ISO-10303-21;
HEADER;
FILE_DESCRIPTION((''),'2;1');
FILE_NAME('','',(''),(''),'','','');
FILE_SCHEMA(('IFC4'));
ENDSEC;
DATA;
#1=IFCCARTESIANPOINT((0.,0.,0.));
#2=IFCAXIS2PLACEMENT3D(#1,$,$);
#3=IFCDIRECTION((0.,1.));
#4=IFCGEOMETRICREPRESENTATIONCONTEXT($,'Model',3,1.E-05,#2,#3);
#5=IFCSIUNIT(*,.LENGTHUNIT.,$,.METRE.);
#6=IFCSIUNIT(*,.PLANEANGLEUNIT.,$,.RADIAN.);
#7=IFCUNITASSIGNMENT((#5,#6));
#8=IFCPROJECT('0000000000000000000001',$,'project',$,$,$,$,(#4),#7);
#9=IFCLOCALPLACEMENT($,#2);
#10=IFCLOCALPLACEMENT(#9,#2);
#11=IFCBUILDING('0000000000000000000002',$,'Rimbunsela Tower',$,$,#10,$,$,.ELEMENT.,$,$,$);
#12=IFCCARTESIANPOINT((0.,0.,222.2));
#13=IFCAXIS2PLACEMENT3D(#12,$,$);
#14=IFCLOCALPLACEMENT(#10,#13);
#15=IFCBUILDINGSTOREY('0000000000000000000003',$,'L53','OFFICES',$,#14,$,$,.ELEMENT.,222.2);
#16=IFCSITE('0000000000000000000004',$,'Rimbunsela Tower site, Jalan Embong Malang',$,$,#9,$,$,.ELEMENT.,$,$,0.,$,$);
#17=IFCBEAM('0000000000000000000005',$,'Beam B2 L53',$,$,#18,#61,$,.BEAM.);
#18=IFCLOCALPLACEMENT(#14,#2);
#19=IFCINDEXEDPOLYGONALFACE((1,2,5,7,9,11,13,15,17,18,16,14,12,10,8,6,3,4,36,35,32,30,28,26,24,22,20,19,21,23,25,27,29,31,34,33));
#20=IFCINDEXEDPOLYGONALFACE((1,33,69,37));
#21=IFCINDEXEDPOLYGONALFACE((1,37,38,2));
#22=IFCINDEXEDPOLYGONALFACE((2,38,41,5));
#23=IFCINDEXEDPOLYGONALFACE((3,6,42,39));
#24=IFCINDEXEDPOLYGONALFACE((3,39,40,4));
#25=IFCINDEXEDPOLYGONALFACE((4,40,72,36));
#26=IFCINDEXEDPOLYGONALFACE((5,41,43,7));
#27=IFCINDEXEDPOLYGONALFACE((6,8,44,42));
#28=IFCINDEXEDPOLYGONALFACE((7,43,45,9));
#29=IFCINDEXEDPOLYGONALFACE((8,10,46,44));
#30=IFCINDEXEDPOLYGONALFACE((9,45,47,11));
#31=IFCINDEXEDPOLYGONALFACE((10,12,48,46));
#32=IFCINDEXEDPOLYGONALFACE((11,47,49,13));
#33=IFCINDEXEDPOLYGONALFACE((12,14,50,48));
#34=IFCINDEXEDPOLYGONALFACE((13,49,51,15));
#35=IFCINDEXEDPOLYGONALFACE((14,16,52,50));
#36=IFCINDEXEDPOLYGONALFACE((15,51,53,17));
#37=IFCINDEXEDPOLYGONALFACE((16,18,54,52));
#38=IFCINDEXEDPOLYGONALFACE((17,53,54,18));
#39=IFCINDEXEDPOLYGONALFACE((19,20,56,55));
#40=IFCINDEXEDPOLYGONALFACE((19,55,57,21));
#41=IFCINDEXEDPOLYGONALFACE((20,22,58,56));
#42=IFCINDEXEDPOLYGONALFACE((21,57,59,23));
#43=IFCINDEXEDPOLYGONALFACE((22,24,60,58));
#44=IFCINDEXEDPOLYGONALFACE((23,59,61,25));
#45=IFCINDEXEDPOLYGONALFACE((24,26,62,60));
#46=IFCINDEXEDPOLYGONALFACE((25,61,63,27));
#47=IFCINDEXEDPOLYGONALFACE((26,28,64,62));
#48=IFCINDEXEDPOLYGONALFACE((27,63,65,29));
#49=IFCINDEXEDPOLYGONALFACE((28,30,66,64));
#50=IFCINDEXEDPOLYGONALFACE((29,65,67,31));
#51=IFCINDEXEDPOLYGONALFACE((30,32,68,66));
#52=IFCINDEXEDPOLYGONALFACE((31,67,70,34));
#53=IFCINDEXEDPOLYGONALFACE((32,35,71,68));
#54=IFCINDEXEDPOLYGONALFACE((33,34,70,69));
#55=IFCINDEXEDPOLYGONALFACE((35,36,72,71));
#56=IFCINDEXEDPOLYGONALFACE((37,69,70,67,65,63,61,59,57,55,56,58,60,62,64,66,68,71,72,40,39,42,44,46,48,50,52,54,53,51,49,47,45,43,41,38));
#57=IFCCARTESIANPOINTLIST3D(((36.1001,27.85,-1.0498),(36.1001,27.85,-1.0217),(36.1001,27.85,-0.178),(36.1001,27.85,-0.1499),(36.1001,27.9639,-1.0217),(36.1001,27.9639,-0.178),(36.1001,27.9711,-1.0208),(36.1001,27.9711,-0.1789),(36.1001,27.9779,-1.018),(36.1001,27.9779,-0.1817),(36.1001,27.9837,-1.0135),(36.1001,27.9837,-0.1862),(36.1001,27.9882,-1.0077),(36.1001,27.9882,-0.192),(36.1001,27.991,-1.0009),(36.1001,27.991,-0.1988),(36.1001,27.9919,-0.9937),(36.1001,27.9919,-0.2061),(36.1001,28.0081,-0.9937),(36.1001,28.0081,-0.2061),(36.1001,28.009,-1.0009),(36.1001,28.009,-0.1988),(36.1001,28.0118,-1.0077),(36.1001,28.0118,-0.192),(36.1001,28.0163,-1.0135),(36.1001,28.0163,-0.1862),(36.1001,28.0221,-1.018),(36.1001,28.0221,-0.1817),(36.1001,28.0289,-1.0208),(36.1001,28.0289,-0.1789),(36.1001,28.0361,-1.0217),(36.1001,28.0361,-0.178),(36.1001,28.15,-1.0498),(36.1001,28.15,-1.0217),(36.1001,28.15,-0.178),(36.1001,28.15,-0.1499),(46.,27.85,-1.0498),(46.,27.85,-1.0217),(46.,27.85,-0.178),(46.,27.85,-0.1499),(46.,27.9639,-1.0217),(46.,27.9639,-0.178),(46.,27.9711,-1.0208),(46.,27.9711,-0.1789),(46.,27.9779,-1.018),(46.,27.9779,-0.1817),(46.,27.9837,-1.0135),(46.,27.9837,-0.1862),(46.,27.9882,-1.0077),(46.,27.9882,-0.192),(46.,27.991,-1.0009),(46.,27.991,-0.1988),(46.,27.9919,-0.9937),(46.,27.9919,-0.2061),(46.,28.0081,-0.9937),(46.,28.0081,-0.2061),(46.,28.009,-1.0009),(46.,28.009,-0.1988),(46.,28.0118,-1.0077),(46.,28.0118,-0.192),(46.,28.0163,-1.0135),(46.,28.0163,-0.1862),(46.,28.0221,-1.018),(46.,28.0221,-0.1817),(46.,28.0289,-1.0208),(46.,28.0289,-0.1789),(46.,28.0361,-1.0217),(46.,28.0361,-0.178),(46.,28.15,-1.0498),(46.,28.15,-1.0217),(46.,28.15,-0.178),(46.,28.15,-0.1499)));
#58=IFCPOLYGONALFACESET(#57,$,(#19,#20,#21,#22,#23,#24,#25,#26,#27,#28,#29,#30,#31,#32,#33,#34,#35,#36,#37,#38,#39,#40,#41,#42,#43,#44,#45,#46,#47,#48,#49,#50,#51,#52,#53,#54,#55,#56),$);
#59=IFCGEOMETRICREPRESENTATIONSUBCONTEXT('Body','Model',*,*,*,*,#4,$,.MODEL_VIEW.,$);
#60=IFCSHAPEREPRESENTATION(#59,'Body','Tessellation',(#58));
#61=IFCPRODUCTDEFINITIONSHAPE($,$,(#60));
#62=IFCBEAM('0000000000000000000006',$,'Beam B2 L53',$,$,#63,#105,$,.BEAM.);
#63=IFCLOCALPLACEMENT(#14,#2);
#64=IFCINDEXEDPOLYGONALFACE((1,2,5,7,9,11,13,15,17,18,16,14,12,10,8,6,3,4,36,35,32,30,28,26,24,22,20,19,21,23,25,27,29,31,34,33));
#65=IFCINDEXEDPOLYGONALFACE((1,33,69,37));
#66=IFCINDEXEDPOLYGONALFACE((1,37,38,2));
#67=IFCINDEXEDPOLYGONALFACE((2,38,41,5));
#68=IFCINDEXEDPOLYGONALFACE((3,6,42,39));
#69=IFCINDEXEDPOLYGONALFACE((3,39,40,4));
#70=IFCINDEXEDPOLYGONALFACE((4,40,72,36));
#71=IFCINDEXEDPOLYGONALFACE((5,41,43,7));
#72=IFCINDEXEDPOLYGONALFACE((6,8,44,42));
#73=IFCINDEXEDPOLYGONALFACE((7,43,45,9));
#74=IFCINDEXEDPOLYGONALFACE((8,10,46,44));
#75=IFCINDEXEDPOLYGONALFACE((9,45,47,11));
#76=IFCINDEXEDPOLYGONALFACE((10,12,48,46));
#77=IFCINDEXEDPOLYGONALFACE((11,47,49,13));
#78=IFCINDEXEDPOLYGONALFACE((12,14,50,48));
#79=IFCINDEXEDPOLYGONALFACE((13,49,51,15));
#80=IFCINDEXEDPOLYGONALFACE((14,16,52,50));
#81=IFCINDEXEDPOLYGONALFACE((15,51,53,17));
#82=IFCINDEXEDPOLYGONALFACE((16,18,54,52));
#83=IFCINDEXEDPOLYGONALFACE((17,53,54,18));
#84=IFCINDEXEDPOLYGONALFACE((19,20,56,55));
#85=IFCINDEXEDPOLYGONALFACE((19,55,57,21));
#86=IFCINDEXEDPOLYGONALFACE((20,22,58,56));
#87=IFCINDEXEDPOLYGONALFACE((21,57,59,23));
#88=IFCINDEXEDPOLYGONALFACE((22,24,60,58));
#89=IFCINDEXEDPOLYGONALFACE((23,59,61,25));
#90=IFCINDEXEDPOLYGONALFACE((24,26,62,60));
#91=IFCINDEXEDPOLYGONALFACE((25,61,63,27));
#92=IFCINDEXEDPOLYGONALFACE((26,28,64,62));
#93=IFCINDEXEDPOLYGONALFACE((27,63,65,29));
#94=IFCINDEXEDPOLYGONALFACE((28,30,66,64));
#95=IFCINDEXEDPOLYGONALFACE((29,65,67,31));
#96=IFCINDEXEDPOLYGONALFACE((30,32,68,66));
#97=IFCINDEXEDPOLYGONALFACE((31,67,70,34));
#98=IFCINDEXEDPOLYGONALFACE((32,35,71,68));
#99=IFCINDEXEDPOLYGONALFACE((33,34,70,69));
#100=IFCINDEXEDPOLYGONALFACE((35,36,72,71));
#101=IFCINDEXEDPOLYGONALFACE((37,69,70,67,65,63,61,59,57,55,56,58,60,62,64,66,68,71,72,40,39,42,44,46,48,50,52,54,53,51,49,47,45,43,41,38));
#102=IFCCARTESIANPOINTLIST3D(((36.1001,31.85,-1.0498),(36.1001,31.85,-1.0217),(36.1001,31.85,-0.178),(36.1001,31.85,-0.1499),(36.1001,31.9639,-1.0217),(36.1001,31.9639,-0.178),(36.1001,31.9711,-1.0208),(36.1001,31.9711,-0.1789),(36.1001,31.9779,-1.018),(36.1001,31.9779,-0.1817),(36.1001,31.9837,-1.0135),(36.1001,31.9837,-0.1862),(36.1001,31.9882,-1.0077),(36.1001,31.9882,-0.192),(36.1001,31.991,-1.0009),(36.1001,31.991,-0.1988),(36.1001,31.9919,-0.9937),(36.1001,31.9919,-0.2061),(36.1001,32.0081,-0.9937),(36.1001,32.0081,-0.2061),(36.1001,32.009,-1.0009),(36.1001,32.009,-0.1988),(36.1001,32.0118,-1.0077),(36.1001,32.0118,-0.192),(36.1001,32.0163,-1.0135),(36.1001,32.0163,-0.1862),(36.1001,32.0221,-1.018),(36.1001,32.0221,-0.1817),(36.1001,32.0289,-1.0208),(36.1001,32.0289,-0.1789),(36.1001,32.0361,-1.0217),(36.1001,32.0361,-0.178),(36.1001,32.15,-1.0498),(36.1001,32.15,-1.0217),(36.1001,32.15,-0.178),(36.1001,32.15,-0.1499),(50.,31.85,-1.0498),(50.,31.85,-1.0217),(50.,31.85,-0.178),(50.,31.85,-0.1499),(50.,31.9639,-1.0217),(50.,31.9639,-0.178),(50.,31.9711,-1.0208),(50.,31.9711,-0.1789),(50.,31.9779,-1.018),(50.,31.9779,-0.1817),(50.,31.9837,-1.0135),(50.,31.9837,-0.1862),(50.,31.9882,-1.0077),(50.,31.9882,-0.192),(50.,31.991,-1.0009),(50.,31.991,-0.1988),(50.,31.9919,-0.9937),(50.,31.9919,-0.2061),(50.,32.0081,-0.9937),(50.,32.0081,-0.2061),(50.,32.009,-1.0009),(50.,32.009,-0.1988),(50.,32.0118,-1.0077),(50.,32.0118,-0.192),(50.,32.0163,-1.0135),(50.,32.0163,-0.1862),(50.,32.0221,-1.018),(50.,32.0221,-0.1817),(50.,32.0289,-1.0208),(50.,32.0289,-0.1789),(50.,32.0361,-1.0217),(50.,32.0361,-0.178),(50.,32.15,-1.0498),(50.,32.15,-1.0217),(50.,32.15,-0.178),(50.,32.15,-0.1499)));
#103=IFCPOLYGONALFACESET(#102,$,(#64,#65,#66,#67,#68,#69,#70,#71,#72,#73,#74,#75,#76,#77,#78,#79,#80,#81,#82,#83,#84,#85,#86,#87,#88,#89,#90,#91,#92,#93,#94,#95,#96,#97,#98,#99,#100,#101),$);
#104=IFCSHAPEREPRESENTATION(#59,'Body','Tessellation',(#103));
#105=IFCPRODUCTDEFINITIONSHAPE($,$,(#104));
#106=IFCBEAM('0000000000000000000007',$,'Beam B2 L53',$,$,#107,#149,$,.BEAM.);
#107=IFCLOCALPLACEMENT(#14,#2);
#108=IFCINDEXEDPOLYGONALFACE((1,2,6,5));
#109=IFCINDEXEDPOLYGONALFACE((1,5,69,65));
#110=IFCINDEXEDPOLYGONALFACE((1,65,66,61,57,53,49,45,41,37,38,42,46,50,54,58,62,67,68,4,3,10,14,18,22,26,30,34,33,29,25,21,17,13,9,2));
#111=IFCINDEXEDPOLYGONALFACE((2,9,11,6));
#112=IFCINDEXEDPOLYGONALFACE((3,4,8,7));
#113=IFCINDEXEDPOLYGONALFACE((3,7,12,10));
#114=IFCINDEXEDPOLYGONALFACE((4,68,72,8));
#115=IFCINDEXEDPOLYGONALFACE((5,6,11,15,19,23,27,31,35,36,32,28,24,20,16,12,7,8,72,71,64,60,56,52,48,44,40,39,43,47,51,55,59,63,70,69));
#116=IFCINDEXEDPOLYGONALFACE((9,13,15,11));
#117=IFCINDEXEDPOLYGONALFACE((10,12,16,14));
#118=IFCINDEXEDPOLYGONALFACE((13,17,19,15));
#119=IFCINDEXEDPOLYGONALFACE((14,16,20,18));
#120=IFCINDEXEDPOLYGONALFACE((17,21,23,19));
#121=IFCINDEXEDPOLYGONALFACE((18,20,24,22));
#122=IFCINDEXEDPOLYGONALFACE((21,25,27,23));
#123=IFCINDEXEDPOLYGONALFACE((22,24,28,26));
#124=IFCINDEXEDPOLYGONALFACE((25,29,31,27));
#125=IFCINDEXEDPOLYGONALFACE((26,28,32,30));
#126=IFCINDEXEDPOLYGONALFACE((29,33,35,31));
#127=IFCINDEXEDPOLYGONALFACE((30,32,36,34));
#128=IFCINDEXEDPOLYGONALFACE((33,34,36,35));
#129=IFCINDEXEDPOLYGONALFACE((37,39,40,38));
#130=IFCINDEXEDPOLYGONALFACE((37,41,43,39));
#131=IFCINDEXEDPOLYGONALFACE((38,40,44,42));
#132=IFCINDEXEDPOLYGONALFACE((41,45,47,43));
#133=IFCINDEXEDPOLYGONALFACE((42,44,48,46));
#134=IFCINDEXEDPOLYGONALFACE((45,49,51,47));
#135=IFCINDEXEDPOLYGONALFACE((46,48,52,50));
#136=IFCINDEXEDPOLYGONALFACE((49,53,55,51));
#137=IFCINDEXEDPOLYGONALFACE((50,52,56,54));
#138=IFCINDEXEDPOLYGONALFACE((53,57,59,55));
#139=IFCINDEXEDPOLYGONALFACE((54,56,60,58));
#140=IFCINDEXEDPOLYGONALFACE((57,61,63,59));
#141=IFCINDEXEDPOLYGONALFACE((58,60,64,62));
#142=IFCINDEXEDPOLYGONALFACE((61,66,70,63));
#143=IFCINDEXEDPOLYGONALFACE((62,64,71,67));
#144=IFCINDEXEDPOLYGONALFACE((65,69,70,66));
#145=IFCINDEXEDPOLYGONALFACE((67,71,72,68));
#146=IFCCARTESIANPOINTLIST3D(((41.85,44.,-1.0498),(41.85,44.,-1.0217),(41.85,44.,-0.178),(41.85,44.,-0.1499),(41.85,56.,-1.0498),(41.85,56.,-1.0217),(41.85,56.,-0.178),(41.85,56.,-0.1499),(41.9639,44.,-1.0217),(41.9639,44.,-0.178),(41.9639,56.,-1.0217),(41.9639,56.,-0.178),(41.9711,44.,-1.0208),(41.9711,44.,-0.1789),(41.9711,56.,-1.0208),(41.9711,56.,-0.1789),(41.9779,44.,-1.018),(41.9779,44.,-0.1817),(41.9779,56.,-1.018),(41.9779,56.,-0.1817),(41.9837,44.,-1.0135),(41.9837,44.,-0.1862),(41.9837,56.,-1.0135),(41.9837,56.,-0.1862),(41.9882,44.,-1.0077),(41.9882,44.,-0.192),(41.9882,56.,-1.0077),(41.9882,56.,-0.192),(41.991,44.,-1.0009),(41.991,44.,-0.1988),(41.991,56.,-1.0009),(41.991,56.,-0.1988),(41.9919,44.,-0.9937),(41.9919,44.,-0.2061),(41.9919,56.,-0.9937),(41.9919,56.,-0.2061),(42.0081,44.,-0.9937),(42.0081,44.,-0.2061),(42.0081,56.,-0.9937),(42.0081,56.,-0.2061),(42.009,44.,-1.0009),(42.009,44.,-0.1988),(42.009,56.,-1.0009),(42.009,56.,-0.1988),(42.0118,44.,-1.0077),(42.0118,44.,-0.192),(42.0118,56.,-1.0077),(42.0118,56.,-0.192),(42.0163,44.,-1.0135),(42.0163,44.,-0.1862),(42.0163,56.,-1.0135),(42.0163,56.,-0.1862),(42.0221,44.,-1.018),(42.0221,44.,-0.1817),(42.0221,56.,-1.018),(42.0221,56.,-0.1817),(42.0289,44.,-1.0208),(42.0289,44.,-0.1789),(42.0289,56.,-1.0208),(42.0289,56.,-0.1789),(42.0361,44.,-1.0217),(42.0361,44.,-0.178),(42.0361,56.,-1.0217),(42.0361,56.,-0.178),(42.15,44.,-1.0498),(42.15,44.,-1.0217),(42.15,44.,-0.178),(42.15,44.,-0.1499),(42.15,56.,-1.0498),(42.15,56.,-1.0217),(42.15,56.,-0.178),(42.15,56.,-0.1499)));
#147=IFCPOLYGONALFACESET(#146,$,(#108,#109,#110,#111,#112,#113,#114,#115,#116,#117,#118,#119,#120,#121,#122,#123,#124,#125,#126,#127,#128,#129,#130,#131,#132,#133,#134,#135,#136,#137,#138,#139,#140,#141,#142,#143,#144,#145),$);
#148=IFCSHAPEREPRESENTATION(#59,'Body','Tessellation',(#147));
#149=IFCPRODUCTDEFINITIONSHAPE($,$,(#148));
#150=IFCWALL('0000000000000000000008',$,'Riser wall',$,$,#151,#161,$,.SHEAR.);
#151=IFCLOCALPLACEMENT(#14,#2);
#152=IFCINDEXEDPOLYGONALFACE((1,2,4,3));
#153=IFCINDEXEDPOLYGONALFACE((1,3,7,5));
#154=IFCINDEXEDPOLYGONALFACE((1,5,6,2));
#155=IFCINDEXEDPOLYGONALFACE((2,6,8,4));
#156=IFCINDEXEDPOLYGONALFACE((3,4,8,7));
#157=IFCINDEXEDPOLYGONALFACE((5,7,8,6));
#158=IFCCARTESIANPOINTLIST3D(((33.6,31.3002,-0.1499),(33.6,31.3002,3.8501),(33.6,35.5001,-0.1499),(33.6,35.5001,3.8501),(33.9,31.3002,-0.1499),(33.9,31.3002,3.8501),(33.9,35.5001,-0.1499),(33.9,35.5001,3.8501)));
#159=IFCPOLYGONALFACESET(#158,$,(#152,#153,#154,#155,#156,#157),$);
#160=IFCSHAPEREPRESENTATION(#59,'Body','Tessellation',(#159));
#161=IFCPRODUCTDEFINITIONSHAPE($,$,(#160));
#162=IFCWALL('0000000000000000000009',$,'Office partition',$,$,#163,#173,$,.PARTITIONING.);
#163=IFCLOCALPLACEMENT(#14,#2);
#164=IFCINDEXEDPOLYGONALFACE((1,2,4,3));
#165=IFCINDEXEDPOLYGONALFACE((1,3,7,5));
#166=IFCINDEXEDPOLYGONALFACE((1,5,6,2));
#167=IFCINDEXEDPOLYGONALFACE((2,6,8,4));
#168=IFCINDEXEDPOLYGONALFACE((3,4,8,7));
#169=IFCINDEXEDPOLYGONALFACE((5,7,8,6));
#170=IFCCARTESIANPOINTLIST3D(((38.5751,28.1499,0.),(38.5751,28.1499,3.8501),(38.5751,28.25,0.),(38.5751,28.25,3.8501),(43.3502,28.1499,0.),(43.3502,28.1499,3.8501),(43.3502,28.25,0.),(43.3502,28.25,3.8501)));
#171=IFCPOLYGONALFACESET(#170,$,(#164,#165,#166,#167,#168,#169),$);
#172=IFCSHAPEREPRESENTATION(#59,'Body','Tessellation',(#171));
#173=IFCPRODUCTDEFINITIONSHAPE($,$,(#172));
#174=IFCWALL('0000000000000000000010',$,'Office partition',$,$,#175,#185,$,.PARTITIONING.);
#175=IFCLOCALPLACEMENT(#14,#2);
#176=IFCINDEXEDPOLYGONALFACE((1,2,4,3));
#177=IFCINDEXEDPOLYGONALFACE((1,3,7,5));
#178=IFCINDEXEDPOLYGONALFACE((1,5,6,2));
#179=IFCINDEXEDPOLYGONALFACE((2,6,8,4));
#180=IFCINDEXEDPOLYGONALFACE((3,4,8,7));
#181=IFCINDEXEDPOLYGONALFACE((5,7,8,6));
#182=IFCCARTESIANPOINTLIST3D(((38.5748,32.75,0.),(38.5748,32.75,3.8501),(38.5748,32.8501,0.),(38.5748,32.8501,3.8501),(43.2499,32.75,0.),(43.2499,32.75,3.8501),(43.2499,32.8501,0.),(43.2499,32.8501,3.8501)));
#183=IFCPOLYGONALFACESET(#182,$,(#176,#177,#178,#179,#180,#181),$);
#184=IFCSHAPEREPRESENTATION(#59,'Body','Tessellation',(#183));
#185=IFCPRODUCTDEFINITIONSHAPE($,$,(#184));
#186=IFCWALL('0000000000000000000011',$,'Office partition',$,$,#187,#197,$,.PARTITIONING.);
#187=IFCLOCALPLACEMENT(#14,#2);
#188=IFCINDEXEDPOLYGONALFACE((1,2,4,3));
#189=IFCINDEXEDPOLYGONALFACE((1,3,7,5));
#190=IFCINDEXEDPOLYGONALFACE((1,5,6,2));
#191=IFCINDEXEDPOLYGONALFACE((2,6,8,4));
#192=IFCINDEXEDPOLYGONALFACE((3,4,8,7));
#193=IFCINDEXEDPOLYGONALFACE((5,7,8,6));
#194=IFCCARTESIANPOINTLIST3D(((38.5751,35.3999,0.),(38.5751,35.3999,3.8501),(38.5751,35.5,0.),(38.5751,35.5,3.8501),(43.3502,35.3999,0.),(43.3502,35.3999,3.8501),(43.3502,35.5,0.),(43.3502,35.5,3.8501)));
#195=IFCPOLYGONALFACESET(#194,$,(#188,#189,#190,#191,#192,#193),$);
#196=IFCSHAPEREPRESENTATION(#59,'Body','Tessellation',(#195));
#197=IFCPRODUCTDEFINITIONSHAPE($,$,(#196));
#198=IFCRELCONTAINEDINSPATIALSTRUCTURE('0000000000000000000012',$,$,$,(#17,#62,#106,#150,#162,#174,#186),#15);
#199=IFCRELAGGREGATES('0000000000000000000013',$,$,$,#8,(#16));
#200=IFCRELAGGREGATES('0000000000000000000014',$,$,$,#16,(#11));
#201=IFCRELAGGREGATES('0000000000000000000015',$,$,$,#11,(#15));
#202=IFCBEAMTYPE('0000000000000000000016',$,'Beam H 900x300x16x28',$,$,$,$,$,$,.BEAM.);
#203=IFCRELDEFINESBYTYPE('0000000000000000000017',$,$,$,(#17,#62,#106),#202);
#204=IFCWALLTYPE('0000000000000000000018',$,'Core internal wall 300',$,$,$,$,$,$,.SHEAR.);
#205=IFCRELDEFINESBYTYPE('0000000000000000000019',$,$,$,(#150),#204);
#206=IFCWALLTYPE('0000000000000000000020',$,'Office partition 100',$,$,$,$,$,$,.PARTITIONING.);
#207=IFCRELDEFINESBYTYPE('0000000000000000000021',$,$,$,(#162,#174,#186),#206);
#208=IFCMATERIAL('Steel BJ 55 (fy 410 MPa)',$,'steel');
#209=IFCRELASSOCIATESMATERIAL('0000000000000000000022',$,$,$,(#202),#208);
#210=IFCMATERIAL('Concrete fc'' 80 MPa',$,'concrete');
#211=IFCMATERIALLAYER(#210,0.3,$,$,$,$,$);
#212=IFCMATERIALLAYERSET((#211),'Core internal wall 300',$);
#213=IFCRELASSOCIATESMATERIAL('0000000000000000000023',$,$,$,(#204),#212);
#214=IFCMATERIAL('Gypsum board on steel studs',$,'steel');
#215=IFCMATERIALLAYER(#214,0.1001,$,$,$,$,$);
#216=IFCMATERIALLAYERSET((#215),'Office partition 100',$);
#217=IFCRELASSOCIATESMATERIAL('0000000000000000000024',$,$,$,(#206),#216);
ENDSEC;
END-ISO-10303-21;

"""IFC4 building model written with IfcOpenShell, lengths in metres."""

from ifc_helpers import new_model, si_unit, direction, frame, frame_2d, origin, origin_2d, place, context, subcontext, project, spatial, rectangle, i_section, extrude, material, layer, layer_set, material_profile, profile_set, type_object, element, save


model = new_model("IFC4")

# Units and contexts
model_context = context("Model", 3, precision=1e-05, world=origin(), true_north=direction((0.0, 1.0)))
body_context = subcontext(model_context, "Body", "Model", "MODEL_VIEW")
ifc_project = project(units=[si_unit("LENGTHUNIT", "METRE"), si_unit("PLANEANGLEUNIT", "RADIAN")], contexts=[model_context])

# Site, building, storey
site_placement = place(None, origin())
site = spatial("IfcSite", under=ifc_project, at=site_placement, Name="Rimbunsela Tower site, Jalan Embong Malang", CompositionType="ELEMENT", RefElevation=0.0)
building_placement = place(site_placement, origin())
building = spatial("IfcBuilding", under=site, at=building_placement, Name="Rimbunsela Tower", CompositionType="ELEMENT")
storey_placement = place(building_placement, frame((0.0, 0.0, 222.2)))
storey = spatial("IfcBuildingStorey", under=building, at=storey_placement, Name="L53", Description="OFFICES", CompositionType="ELEMENT", Elevation=222.2)

# Beams
ifc_material_1 = material(Name="Steel BJ 55 (fy 410 MPa)", Category="steel")
ifc_material_profile_1 = material_profile(ifc_material_1, i_section(OverallWidth=0.3, OverallDepth=0.8999, WebThickness=0.0161, FlangeThickness=0.0281, FilletRadius=0.0281, at=origin_2d()), Name="H 900x300x16x28")
ifc_profile_set_1 = profile_set([ifc_material_profile_1], Name="Steel BJ 55 (fy 410 MPa)")
beam_type_1 = type_object("IfcBeamType", Name="Beam H 900x300x16x28", PredefinedType="BEAM", material=ifc_profile_set_1)
beam_1_placement = place(storey_placement, frame((36.1001, 28.0, -0.5999), z_axis=(1.0, 0.0, 0.0), x_axis=(0.0, 1.0, 0.0)))
element("IfcBeam", 1, at=beam_1_placement, inside=storey, type_object=beam_type_1, Name="Beam B2 L53", PredefinedType="BEAM", context=body_context, shape_type="SweptSolid", body=[
    extrude(i_section(OverallWidth=0.3, OverallDepth=0.8999, WebThickness=0.0161, FlangeThickness=0.0281, FilletRadius=0.0281, at=origin_2d()), origin(), (0.0, 0.0, 1.0), 9.8999),
])
beam_2_placement = place(storey_placement, frame((36.1001, 32.0, -0.5999), z_axis=(1.0, 0.0, 0.0), x_axis=(0.0, 1.0, 0.0)))
element("IfcBeam", 2, at=beam_2_placement, inside=storey, type_object=beam_type_1, Name="Beam B2 L53", PredefinedType="BEAM", context=body_context, shape_type="SweptSolid", body=[
    extrude(i_section(OverallWidth=0.3, OverallDepth=0.8999, WebThickness=0.0161, FlangeThickness=0.0281, FilletRadius=0.0281, at=origin_2d()), origin(), (0.0, 0.0, 1.0), 13.8999),
])
beam_3_placement = place(storey_placement, frame((42.0, 44.0, -0.5999), z_axis=(0.0, 1.0, 0.0), x_axis=(-1.0, 0.0, 0.0)))
element("IfcBeam", 3, at=beam_3_placement, inside=storey, type_object=beam_type_1, Name="Beam B2 L53", PredefinedType="BEAM", context=body_context, shape_type="SweptSolid", body=[
    extrude(i_section(OverallWidth=0.3, OverallDepth=0.8999, WebThickness=0.0161, FlangeThickness=0.0281, FilletRadius=0.0281, at=origin_2d()), origin(), (0.0, 0.0, 1.0), 12.0),
])

# Walls
ifc_material_2 = material(Name="Concrete fc' 80 MPa", Category="concrete")
ifc_layer_1 = layer(ifc_material_2, 0.3)
ifc_layer_set_1 = layer_set([ifc_layer_1], Name="Core internal wall 300")
wall_type_1 = type_object("IfcWallType", Name="Core internal wall 300", PredefinedType="SHEAR", material=ifc_layer_set_1)
wall_1_placement = place(storey_placement, frame((33.75, 31.3, -0.1499), z_axis=(0.0, 0.0, 1.0), x_axis=(0.0, 1.0, 0.0)))
element("IfcWall", 4, at=wall_1_placement, inside=storey, type_object=wall_type_1, Name="Riser wall", PredefinedType="SHEAR", context=body_context, shape_type="SweptSolid", body=[
    extrude(rectangle(XDim=4.2, YDim=0.3, at=frame_2d((2.1001, 0.0))), origin(), (0.0, 0.0, 1.0), 4.0),
])
ifc_material_3 = material(Name="Gypsum board on steel studs", Category="steel")
ifc_layer_2 = layer(ifc_material_3, 0.1001)
ifc_layer_set_2 = layer_set([ifc_layer_2], Name="Office partition 100")
wall_type_2 = type_object("IfcWallType", Name="Office partition 100", PredefinedType="PARTITIONING", material=ifc_layer_set_2)
wall_2_placement = place(storey_placement, frame((38.575, 28.2, 0.0), z_axis=(0.0, 0.0, 1.0), x_axis=(1.0, 0.0, 0.0)))
element("IfcWall", 5, at=wall_2_placement, inside=storey, type_object=wall_type_2, Name="Office partition", PredefinedType="PARTITIONING", context=body_context, shape_type="SweptSolid", body=[
    extrude(rectangle(XDim=4.7751, YDim=0.1001, at=frame_2d((2.3877, 0.0))), origin(), (0.0, 0.0, 1.0), 3.8501),
])
wall_3_placement = place(storey_placement, frame((38.575, 32.8, 0.0), z_axis=(0.0, 0.0, 1.0), x_axis=(1.0, 0.0, 0.0)))
element("IfcWall", 6, at=wall_3_placement, inside=storey, type_object=wall_type_2, Name="Office partition", PredefinedType="PARTITIONING", context=body_context, shape_type="SweptSolid", body=[
    extrude(rectangle(XDim=4.675, YDim=0.1001, at=frame_2d((2.3374, 0.0))), origin(), (0.0, 0.0, 1.0), 3.8501),
])
wall_4_placement = place(storey_placement, frame((38.575, 35.45, 0.0), z_axis=(0.0, 0.0, 1.0), x_axis=(1.0, 0.0, 0.0)))
element("IfcWall", 7, at=wall_4_placement, inside=storey, type_object=wall_type_2, Name="Office partition", PredefinedType="PARTITIONING", context=body_context, shape_type="SweptSolid", body=[
    extrude(rectangle(XDim=4.7751, YDim=0.1001, at=frame_2d((2.3877, 0.0))), origin(), (0.0, 0.0, 1.0), 3.8501),
])

save(model, "model.ifc")
